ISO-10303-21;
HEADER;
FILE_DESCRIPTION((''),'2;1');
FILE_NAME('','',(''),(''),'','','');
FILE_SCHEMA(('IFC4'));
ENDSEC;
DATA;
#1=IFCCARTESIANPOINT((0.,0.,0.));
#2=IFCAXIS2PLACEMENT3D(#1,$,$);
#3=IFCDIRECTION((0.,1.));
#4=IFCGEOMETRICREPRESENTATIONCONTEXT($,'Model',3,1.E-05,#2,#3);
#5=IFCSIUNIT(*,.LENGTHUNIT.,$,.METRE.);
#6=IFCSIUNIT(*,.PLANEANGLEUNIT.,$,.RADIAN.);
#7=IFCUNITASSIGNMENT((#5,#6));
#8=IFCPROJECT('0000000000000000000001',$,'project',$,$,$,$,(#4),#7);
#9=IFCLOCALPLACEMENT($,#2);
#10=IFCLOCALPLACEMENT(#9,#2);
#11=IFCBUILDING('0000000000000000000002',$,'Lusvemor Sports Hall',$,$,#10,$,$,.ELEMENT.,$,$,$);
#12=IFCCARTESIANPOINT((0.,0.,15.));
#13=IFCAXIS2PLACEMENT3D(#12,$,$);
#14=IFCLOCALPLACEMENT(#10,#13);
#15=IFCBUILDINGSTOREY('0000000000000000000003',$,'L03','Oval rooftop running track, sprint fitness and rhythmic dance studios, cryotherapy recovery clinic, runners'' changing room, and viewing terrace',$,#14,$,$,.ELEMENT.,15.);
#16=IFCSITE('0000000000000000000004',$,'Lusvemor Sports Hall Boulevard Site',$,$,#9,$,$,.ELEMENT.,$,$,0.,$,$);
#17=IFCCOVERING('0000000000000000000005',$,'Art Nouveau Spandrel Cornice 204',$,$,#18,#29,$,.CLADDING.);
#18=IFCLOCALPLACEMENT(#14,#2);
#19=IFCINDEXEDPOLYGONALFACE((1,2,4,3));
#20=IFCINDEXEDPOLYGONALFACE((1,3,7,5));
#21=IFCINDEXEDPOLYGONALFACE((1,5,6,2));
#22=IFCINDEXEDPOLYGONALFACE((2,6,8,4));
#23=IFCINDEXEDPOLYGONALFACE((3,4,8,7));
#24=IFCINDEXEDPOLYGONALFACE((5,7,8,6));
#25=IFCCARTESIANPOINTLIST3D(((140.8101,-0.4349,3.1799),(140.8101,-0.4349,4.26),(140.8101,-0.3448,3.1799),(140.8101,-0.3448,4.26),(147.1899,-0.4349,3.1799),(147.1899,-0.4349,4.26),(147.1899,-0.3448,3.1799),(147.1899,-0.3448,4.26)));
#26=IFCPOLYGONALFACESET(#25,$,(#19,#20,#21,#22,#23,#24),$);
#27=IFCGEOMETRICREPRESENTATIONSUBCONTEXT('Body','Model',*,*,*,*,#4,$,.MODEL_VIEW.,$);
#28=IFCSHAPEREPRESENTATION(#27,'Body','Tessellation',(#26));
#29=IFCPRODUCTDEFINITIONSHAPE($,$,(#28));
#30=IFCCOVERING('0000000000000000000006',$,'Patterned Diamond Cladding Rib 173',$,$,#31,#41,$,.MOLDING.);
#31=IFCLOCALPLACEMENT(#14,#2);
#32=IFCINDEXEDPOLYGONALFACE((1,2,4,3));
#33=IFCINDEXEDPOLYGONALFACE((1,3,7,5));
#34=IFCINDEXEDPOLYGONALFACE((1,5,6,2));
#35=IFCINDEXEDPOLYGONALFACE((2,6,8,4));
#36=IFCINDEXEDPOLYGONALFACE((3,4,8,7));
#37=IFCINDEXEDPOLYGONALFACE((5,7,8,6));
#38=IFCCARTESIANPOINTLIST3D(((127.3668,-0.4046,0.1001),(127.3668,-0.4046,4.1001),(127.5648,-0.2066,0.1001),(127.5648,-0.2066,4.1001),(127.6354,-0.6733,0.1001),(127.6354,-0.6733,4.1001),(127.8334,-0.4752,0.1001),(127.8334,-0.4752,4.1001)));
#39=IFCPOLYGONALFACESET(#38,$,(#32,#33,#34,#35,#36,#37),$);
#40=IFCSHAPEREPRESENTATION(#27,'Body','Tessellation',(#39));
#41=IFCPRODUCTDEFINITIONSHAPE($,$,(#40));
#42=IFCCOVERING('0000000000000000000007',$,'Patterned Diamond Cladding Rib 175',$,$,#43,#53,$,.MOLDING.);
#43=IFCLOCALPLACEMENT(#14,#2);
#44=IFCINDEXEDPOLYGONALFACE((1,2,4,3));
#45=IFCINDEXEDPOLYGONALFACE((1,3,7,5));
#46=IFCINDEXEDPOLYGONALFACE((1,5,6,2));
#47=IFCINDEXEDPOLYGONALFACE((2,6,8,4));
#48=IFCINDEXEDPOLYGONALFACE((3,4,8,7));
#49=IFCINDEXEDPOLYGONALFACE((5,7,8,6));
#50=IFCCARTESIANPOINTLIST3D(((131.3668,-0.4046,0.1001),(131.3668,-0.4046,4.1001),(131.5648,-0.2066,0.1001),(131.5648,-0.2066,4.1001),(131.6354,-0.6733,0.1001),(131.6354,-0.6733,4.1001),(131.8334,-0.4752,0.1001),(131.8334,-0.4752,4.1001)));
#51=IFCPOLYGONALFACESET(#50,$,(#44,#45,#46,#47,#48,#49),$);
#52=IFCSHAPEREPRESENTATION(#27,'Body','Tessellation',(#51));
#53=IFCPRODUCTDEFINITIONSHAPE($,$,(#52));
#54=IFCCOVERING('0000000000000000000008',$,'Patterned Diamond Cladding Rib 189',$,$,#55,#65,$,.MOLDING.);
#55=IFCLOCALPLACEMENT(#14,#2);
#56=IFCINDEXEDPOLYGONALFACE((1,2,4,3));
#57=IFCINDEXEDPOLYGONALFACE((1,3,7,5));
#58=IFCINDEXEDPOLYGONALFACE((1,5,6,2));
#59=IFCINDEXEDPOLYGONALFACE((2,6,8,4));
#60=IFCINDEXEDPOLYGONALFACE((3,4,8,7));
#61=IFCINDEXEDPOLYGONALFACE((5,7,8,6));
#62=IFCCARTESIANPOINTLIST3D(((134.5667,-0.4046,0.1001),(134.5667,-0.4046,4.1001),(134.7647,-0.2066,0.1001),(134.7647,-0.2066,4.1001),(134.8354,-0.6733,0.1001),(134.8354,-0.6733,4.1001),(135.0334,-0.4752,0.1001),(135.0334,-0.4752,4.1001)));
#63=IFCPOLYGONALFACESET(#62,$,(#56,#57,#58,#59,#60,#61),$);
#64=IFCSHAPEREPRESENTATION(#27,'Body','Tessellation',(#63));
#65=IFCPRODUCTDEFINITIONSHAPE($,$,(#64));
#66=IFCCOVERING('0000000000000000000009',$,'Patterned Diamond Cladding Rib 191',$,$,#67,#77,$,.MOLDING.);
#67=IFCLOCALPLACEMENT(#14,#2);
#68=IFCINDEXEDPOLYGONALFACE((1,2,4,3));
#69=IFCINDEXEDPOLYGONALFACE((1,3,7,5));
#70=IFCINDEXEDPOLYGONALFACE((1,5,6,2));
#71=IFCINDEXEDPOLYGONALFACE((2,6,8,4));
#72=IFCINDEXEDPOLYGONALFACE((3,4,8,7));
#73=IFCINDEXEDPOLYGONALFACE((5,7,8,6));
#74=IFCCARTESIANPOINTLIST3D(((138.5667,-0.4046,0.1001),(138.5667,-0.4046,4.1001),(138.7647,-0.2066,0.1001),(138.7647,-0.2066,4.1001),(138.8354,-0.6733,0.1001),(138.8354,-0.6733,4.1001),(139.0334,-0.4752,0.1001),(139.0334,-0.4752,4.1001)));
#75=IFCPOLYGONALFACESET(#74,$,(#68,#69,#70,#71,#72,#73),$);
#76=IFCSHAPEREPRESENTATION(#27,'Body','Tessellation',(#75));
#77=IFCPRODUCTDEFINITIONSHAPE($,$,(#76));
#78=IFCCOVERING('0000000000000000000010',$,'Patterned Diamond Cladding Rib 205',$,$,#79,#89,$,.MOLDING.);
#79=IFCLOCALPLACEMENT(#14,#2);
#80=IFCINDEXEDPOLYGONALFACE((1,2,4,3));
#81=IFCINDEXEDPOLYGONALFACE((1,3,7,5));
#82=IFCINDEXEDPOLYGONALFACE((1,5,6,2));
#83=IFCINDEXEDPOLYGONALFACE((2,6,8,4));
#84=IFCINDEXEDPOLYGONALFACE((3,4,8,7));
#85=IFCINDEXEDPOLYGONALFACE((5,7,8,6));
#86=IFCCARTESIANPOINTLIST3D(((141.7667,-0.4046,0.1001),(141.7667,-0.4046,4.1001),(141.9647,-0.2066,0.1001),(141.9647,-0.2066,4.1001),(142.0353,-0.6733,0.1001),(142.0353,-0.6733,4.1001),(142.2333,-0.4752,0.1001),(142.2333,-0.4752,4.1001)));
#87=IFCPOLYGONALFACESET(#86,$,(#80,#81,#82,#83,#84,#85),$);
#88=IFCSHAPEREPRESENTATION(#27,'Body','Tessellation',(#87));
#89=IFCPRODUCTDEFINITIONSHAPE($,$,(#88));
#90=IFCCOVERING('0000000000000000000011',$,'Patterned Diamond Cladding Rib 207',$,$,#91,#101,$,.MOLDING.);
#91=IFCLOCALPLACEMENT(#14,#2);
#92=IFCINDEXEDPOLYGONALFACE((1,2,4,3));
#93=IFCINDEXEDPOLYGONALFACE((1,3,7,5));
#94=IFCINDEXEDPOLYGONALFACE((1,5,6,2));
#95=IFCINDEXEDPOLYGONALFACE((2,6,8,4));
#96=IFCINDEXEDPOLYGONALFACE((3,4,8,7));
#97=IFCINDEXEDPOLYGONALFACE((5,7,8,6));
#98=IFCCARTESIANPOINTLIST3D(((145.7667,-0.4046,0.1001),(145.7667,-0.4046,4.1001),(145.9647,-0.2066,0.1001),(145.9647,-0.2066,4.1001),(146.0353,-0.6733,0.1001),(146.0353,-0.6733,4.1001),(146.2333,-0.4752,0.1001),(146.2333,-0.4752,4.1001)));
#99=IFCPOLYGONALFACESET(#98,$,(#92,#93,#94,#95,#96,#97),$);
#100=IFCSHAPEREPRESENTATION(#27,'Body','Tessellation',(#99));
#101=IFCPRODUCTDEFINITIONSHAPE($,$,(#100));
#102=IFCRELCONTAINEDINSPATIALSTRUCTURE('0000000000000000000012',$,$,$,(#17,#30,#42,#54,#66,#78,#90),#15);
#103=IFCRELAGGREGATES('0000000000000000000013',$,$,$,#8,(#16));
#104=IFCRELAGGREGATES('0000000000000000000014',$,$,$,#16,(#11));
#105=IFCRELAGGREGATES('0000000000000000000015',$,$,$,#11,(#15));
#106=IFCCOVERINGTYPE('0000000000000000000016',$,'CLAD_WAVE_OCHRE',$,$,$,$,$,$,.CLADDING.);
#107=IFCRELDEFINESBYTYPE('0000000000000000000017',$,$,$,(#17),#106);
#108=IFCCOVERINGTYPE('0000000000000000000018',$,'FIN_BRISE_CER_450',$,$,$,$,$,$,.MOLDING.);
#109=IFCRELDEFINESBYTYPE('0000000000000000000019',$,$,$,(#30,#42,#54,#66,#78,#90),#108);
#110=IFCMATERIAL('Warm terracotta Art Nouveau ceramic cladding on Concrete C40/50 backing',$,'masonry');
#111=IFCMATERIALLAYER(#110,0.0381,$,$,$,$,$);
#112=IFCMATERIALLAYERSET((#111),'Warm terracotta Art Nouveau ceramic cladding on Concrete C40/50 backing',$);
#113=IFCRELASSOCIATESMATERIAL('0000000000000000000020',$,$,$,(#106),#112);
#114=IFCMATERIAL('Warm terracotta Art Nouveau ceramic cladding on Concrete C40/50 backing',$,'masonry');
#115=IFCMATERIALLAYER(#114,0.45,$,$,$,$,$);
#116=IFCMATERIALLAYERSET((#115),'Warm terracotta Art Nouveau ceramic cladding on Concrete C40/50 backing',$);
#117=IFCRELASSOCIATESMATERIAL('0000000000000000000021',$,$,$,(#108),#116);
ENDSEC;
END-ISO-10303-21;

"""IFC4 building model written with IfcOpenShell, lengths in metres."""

from ifc_helpers import new_model, si_unit, direction, frame, origin, origin_2d, place, context, subcontext, project, spatial, rectangle, extrude, material, layer, layer_set, type_object, element, save


model = new_model("IFC4")

# Units and contexts
model_context = context("Model", 3, precision=1e-05, world=origin(), true_north=direction((0.0, 1.0)))
body_context = subcontext(model_context, "Body", "Model", "MODEL_VIEW")
ifc_project = project(units=[si_unit("LENGTHUNIT", "METRE"), si_unit("PLANEANGLEUNIT", "RADIAN")], contexts=[model_context])

# Site, building, storey
site_placement = place(None, origin())
site = spatial("IfcSite", under=ifc_project, at=site_placement, Name="Lusvemor Sports Hall Boulevard Site", CompositionType="ELEMENT", RefElevation=0.0)
building_placement = place(site_placement, origin())
building = spatial("IfcBuilding", under=site, at=building_placement, Name="Lusvemor Sports Hall", CompositionType="ELEMENT")
storey_placement = place(building_placement, frame((0.0, 0.0, 15.0)))
storey = spatial("IfcBuildingStorey", under=building, at=storey_placement, Name="L03", Description="Oval rooftop running track, sprint fitness and rhythmic dance studios, cryotherapy recovery clinic, runners' changing room, and viewing terrace", CompositionType="ELEMENT", Elevation=15.0)

# Coverings
ifc_material_1 = material(Name="Warm terracotta Art Nouveau ceramic cladding on Concrete C40/50 backing", Category="masonry")
ifc_layer_1 = layer(ifc_material_1, 0.0381)
ifc_layer_set_1 = layer_set([ifc_layer_1], Name="Warm terracotta Art Nouveau ceramic cladding on Concrete C40/50 backing")
covering_type_1 = type_object("IfcCoveringType", Name="CLAD_WAVE_OCHRE", PredefinedType="CLADDING", material=ifc_layer_set_1)
for number, where, z_axis, x_axis, name in (
    (1, (144.0, -0.3899, 3.1799), (0.0, 0.0, 1.0), (1.0, 0.0, 0.0), "Art Nouveau Spandrel Cornice 204"),
):
    element("IfcCovering", number, at=place(storey_placement, frame(where, z_axis=z_axis, x_axis=x_axis)), inside=storey, type_object=covering_type_1, Name=name, PredefinedType="CLADDING", context=body_context, shape_type="SweptSolid", body=[
        extrude(rectangle(XDim=6.3799, YDim=0.0901, at=origin_2d()), origin(), (0.0, 0.0, 1.0), 1.0801),
    ])
ifc_material_2 = material(Name="Warm terracotta Art Nouveau ceramic cladding on Concrete C40/50 backing", Category="masonry")
ifc_layer_2 = layer(ifc_material_2, 0.45)
ifc_layer_set_2 = layer_set([ifc_layer_2], Name="Warm terracotta Art Nouveau ceramic cladding on Concrete C40/50 backing")
covering_type_2 = type_object("IfcCoveringType", Name="FIN_BRISE_CER_450", PredefinedType="MOLDING", material=ifc_layer_set_2)
for number, where, z_axis, x_axis, name in (
    (2, (127.6001, -0.4399, 0.1001), (0.0, 0.0, 1.0), (0.707107, 0.707107, 0.0), "Patterned Diamond Cladding Rib 173"),
    (3, (131.6001, -0.4399, 0.1001), (0.0, 0.0, 1.0), (0.707107, 0.707107, 0.0), "Patterned Diamond Cladding Rib 175"),
    (4, (134.8, -0.4399, 0.1001), (0.0, 0.0, 1.0), (0.707107, 0.707107, 0.0), "Patterned Diamond Cladding Rib 189"),
    (5, (138.8, -0.4399, 0.1001), (0.0, 0.0, 1.0), (0.707107, 0.707107, 0.0), "Patterned Diamond Cladding Rib 191"),
    (6, (142.0, -0.4399, 0.1001), (0.0, 0.0, 1.0), (0.707107, 0.707107, 0.0), "Patterned Diamond Cladding Rib 205"),
    (7, (146.0, -0.4399, 0.1001), (0.0, 0.0, 1.0), (0.707107, 0.707107, 0.0), "Patterned Diamond Cladding Rib 207"),
):
    element("IfcCovering", number, at=place(storey_placement, frame(where, z_axis=z_axis, x_axis=x_axis)), inside=storey, type_object=covering_type_2, Name=name, PredefinedType="MOLDING", context=body_context, shape_type="SweptSolid", body=[
        extrude(rectangle(XDim=0.28, YDim=0.3799, at=origin_2d()), origin(), (0.0, 0.0, 1.0), 4.0),
    ])

save(model, "model.ifc")
